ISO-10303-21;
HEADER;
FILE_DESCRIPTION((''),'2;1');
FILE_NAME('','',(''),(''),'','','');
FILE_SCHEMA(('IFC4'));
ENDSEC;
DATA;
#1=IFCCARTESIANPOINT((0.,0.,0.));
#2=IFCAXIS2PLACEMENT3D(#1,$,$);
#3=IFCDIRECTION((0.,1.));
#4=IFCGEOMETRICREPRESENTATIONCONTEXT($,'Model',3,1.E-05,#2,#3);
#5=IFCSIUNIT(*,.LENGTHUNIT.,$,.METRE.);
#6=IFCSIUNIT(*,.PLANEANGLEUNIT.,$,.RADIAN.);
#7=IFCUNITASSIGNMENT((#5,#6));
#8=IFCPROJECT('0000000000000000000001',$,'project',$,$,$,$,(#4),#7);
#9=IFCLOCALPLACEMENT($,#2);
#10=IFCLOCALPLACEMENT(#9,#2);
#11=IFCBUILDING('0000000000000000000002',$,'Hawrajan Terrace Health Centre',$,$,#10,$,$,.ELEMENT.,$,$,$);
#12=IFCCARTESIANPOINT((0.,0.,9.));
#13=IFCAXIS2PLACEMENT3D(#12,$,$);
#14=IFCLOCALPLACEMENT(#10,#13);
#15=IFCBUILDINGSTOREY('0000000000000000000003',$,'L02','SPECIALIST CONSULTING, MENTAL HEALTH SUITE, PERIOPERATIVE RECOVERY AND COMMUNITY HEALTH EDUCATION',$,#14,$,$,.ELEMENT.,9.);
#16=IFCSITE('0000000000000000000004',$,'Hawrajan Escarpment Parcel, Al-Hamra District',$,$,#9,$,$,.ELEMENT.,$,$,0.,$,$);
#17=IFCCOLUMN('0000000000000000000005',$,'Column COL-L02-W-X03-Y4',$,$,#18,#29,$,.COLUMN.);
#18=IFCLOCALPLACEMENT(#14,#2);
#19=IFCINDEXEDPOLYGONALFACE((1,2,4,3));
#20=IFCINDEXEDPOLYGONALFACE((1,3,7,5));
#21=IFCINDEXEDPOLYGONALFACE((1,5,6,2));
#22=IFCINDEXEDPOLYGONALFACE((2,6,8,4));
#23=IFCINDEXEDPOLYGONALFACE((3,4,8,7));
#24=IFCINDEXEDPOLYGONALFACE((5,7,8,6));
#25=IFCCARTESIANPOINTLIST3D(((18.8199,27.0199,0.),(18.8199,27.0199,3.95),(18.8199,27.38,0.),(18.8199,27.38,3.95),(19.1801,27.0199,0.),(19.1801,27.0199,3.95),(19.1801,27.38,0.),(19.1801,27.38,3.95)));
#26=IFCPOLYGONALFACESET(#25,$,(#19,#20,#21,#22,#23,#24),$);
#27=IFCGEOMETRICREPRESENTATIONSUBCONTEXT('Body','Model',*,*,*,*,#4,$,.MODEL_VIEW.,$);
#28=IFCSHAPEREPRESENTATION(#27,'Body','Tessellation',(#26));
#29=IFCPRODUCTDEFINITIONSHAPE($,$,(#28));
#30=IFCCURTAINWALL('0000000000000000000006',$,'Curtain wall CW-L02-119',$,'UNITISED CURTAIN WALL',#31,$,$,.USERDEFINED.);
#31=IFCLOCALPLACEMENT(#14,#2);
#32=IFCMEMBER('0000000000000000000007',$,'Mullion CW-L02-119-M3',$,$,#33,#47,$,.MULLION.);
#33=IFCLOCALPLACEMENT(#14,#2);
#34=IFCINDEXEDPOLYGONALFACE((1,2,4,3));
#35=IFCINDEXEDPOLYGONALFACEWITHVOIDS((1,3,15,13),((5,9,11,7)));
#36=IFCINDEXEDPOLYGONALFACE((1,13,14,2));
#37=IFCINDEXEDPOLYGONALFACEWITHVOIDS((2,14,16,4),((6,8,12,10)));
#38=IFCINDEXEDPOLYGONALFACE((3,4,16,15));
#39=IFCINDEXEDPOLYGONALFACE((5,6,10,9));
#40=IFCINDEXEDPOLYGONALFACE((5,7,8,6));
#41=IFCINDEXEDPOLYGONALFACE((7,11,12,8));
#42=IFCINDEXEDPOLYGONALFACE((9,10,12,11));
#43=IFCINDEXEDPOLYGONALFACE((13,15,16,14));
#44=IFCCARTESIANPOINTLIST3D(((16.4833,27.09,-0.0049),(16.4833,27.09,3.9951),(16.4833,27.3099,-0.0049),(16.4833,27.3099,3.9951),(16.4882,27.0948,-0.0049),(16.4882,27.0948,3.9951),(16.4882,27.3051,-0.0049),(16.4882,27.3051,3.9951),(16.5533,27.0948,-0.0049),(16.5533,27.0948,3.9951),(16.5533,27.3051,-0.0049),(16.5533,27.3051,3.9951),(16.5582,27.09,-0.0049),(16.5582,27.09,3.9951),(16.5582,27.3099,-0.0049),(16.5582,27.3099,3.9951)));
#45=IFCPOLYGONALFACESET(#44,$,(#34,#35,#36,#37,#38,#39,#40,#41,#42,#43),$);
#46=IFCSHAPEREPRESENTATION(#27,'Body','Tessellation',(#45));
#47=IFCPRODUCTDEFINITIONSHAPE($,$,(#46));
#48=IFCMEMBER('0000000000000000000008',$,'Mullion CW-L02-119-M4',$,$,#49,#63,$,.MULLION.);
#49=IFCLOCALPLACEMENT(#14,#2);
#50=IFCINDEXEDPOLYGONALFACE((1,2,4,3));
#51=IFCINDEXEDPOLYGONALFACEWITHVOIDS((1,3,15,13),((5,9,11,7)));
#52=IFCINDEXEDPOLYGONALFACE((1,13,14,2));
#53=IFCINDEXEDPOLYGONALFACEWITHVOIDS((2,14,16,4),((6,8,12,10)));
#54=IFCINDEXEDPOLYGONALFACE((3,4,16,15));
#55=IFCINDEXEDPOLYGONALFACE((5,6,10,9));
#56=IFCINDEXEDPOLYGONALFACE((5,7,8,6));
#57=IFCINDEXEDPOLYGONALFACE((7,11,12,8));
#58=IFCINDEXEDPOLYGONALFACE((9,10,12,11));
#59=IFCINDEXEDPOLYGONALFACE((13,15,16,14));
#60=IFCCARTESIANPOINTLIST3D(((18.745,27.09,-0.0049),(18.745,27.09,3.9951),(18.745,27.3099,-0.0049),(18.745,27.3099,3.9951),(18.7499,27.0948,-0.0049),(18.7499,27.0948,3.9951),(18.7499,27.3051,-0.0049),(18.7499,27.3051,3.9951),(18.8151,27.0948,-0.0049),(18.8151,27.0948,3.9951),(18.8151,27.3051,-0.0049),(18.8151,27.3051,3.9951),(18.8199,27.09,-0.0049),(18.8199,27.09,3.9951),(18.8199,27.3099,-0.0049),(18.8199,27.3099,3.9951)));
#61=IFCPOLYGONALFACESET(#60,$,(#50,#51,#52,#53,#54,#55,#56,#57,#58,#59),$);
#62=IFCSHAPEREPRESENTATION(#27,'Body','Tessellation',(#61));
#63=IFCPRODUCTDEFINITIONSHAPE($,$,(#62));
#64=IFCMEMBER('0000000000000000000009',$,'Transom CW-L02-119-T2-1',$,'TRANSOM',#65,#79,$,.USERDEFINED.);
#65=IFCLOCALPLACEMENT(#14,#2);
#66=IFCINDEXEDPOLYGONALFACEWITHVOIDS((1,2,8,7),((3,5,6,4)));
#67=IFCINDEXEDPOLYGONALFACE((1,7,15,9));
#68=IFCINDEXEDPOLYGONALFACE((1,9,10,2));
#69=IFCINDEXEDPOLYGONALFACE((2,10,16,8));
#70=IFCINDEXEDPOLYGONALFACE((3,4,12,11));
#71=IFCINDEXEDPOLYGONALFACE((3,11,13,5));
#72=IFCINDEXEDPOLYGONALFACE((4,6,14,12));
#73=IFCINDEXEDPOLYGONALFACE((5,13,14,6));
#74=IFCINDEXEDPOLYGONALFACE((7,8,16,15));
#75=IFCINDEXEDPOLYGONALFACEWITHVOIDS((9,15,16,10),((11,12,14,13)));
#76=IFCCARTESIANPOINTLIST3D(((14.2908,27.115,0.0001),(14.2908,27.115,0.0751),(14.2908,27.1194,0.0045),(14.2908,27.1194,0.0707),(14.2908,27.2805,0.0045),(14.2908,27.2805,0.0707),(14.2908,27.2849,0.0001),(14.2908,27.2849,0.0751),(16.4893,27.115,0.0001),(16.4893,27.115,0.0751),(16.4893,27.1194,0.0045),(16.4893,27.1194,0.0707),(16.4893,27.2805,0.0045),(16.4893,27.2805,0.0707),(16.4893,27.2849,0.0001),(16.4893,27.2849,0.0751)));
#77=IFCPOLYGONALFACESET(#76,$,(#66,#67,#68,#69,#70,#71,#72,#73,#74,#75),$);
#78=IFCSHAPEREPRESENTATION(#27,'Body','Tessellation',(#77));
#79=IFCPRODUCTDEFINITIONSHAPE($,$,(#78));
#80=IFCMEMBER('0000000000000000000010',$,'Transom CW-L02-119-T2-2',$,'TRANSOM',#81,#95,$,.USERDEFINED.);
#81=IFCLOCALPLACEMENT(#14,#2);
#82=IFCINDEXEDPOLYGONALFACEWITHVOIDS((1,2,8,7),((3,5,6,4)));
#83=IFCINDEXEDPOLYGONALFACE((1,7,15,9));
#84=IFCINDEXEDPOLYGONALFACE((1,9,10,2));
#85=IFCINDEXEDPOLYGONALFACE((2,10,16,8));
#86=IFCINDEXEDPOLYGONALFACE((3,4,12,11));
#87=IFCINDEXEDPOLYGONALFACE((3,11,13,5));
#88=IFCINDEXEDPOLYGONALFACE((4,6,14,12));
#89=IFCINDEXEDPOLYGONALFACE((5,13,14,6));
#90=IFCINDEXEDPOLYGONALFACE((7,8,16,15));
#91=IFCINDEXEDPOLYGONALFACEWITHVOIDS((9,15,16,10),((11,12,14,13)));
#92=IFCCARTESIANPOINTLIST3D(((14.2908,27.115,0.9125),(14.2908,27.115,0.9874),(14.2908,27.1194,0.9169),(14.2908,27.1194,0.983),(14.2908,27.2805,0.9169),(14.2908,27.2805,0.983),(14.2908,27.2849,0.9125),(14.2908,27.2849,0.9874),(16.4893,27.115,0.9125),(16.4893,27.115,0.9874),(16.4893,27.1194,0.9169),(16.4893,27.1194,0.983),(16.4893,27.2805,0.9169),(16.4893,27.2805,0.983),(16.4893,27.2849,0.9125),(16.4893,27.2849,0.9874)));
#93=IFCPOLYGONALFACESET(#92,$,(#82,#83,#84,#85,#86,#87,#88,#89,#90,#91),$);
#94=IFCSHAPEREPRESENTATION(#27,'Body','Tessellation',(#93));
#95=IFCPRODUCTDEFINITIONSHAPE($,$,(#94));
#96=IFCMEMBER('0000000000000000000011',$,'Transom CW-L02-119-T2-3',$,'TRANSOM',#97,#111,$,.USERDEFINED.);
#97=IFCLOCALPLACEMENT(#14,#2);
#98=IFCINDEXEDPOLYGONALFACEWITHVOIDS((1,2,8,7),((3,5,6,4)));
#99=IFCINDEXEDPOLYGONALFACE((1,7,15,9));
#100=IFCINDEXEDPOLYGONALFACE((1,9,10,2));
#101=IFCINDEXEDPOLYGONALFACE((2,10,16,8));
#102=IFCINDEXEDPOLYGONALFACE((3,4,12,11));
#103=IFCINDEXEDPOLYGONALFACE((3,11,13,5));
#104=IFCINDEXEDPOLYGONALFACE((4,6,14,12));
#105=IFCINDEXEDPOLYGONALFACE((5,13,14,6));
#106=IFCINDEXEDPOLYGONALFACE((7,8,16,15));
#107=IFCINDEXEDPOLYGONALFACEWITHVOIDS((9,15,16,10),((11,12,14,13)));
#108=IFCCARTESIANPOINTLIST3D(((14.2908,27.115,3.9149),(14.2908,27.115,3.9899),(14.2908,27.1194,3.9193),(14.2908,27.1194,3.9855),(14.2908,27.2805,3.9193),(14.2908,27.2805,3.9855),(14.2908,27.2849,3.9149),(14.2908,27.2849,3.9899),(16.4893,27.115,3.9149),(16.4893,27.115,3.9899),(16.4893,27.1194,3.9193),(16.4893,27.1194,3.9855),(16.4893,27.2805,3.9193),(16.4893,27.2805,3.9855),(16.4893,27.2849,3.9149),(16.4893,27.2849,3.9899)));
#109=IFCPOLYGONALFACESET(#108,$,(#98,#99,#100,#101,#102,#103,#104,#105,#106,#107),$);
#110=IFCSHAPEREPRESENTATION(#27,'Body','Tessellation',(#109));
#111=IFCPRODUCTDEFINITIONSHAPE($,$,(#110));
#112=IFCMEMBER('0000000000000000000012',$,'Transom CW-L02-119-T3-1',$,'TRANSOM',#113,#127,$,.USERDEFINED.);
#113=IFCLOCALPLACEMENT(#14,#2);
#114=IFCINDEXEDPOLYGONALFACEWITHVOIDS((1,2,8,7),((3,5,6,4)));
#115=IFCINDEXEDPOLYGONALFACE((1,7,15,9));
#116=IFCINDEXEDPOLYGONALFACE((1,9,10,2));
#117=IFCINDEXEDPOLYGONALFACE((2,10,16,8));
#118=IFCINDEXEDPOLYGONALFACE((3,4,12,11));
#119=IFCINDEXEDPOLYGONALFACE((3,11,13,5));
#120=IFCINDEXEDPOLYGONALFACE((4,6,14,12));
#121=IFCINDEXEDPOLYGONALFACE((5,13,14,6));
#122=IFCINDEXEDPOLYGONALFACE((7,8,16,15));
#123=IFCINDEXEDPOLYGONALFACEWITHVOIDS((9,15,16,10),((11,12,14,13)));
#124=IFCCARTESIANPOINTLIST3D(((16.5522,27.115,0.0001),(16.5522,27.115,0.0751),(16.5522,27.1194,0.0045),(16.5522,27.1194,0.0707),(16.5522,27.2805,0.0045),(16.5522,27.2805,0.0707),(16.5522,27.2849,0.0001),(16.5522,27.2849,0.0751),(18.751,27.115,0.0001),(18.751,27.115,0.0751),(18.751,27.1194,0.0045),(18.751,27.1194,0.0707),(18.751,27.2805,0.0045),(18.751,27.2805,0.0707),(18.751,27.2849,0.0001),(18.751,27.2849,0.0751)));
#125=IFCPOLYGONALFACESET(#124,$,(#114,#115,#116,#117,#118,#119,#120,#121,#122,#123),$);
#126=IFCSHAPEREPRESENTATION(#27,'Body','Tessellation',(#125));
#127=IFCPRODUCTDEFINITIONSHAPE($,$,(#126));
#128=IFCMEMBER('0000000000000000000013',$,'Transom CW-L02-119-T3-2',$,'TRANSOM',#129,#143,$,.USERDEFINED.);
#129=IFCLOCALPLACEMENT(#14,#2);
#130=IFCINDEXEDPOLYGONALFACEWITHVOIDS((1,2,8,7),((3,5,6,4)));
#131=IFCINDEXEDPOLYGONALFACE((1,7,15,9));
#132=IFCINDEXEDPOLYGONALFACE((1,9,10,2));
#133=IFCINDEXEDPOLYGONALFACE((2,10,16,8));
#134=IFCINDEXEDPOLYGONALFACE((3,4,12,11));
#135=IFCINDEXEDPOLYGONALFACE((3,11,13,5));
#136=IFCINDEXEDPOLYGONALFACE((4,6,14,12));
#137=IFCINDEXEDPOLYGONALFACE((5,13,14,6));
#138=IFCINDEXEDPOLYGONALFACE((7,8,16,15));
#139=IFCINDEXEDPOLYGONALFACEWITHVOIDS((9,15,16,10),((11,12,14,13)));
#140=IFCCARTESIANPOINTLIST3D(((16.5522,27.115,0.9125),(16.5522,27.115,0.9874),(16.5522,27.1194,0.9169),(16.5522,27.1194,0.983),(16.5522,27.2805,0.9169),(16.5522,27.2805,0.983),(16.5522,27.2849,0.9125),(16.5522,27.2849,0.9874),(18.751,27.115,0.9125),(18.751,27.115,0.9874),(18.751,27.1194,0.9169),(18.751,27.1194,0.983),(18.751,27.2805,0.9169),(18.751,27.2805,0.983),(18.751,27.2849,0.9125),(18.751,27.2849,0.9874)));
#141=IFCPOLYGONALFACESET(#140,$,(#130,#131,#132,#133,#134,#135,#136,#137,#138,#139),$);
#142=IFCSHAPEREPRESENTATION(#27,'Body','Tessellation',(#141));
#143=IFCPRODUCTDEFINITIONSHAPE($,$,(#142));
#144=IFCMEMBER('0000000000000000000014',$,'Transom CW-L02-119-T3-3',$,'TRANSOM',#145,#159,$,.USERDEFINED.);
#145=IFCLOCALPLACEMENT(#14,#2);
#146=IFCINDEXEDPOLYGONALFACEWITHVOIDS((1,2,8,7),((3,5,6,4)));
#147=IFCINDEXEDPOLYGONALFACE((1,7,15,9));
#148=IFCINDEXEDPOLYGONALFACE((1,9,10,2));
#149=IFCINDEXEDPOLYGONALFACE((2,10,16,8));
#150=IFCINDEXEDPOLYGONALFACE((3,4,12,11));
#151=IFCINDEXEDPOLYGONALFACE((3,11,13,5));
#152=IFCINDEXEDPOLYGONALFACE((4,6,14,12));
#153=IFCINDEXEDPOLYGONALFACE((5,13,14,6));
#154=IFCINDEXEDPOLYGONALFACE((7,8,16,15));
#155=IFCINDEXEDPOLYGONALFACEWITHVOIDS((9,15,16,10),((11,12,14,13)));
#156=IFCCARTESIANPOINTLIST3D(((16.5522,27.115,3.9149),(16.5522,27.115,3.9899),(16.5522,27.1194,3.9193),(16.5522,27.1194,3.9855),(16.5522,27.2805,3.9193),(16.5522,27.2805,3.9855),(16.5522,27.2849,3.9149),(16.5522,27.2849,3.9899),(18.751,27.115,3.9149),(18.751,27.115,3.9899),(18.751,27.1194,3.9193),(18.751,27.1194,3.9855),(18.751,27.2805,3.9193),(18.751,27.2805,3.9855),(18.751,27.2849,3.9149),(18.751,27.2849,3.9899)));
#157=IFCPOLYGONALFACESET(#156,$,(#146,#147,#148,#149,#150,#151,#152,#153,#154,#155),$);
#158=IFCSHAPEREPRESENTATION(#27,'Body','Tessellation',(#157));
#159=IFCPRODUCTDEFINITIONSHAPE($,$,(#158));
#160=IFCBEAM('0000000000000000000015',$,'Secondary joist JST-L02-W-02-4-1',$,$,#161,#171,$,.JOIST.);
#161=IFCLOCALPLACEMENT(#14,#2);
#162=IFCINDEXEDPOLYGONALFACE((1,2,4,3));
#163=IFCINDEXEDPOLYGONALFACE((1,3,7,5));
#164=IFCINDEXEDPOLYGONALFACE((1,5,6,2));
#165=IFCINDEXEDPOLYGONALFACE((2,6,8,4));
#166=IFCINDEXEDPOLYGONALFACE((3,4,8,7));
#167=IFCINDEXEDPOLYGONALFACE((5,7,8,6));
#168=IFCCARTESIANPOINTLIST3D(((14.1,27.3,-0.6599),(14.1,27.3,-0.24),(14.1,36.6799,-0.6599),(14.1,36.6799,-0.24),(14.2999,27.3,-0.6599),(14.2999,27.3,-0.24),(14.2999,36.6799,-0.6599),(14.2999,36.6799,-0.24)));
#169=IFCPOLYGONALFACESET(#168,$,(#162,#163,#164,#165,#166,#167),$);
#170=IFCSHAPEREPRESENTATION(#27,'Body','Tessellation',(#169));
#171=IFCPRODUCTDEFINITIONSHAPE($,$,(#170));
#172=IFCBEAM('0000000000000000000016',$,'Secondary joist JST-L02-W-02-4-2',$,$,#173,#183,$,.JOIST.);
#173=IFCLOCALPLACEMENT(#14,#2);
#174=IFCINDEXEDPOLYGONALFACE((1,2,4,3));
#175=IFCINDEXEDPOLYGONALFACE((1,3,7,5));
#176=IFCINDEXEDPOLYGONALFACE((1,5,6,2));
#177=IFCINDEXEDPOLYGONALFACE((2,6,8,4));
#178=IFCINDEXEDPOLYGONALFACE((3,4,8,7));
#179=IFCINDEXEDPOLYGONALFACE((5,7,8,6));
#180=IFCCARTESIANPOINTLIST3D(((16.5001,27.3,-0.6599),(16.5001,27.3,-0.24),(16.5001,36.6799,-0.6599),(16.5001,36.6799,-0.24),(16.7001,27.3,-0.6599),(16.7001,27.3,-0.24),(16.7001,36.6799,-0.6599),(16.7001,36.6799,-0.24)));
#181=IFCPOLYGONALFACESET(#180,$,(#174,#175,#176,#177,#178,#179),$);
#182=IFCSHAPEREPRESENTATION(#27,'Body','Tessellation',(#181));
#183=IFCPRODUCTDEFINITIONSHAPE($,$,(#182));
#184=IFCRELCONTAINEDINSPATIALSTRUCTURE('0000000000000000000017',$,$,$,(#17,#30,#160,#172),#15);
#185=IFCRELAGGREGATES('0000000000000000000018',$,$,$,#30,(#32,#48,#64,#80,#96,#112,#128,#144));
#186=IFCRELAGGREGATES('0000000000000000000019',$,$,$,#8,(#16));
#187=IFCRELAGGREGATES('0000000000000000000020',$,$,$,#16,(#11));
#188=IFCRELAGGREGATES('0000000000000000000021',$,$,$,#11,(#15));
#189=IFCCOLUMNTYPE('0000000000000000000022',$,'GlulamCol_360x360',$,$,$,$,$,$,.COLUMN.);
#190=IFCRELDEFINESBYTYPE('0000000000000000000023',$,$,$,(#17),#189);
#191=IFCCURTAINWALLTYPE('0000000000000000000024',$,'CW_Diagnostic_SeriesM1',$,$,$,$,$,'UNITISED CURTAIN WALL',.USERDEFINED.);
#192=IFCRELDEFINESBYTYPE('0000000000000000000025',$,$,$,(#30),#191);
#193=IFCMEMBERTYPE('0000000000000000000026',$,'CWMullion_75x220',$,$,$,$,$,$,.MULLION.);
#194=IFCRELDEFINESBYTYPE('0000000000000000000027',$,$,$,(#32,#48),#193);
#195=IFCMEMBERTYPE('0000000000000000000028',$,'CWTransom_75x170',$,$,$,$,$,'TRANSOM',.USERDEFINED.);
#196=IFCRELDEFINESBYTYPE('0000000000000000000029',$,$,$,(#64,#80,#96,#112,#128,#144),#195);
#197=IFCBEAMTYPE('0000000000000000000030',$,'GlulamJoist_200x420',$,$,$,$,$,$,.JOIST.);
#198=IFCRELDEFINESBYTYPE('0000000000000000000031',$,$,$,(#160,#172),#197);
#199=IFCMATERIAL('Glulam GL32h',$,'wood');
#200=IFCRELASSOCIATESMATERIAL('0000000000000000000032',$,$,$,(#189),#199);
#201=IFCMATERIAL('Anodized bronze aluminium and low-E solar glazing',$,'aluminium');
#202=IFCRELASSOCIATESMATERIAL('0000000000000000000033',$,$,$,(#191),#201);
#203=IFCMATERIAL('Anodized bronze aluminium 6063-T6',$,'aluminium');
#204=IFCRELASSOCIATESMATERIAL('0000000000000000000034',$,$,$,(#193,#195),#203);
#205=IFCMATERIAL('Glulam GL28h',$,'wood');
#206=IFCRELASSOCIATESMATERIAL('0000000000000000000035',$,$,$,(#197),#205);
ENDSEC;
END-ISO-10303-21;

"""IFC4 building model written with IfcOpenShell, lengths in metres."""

from ifc_helpers import new_model, si_unit, direction, frame, origin, origin_2d, place, context, subcontext, project, spatial, rectangle, hollow_rectangle, extrude, material, material_profile, profile_set, type_object, element, aggregate, save


model = new_model("IFC4")

# Units and contexts
model_context = context("Model", 3, precision=1e-05, world=origin(), true_north=direction((0.0, 1.0)))
body_context = subcontext(model_context, "Body", "Model", "MODEL_VIEW")
ifc_project = project(units=[si_unit("LENGTHUNIT", "METRE"), si_unit("PLANEANGLEUNIT", "RADIAN")], contexts=[model_context])

# Site, building, storey
site_placement = place(None, origin())
site = spatial("IfcSite", under=ifc_project, at=site_placement, Name="Hawrajan Escarpment Parcel, Al-Hamra District", CompositionType="ELEMENT", RefElevation=0.0)
building_placement = place(site_placement, origin())
building = spatial("IfcBuilding", under=site, at=building_placement, Name="Hawrajan Terrace Health Centre", CompositionType="ELEMENT")
storey_placement = place(building_placement, frame((0.0, 0.0, 9.0)))
storey = spatial("IfcBuildingStorey", under=building, at=storey_placement, Name="L02", Description="SPECIALIST CONSULTING, MENTAL HEALTH SUITE, PERIOPERATIVE RECOVERY AND COMMUNITY HEALTH EDUCATION", CompositionType="ELEMENT", Elevation=9.0)

# Column
ifc_material_1 = material(Name="Glulam GL32h", Category="wood")
ifc_material_profile_1 = material_profile(ifc_material_1, rectangle(XDim=0.3601, YDim=0.3601, at=origin_2d()), Name="GL 360x360")
ifc_profile_set_1 = profile_set([ifc_material_profile_1], Name="Glulam GL32h")
column_type = type_object("IfcColumnType", Name="GlulamCol_360x360", PredefinedType="COLUMN", material=ifc_profile_set_1)
column_placement = place(storey_placement, frame((19.0, 27.2, 0.0), z_axis=(0.0, 0.0, 1.0), x_axis=(1.0, 0.0, 0.0)))
element("IfcColumn", 1, at=column_placement, inside=storey, type_object=column_type, Name="Column COL-L02-W-X03-Y4", PredefinedType="COLUMN", context=body_context, shape_type="SweptSolid", body=[
    extrude(rectangle(XDim=0.3601, YDim=0.3601, at=origin_2d()), origin(), (0.0, 0.0, 1.0), 3.95),
])

# Curtain wall, members
ifc_material_2 = material(Name="Anodized bronze aluminium and low-E solar glazing", Category="aluminium")
curtain_wall_type = type_object("IfcCurtainWallType", Name="CW_Diagnostic_SeriesM1", ElementType="UNITISED CURTAIN WALL", PredefinedType="USERDEFINED", material=ifc_material_2)
curtain_wall_placement = place(storey_placement, origin())
curtain_wall = element("IfcCurtainWall", 2, at=curtain_wall_placement, inside=storey, type_object=curtain_wall_type, Name="Curtain wall CW-L02-119", ObjectType="UNITISED CURTAIN WALL", PredefinedType="USERDEFINED")
ifc_material_3 = material(Name="Anodized bronze aluminium 6063-T6", Category="aluminium")
ifc_material_profile_2 = material_profile(ifc_material_3, hollow_rectangle(XDim=0.075, YDim=0.22, WallThickness=0.0049, at=origin_2d()), Name="CW MUL 75x220")
ifc_profile_set_2 = profile_set([ifc_material_profile_2], Name="Anodized bronze aluminium 6063-T6")
member_type_1 = type_object("IfcMemberType", Name="CWMullion_75x220", PredefinedType="MULLION", material=ifc_profile_set_2)
member_1_placement = place(storey_placement, frame((16.5208, 27.2, -0.0049), z_axis=(0.0, 0.0, 1.0), x_axis=(1.0, 0.0, 0.0)))
member_1 = element("IfcMember", 3, at=member_1_placement, type_object=member_type_1, Name="Mullion CW-L02-119-M3", PredefinedType="MULLION", context=body_context, shape_type="SweptSolid", body=[
    extrude(hollow_rectangle(XDim=0.075, YDim=0.22, WallThickness=0.0049, at=origin_2d()), origin(), (0.0, 0.0, 1.0), 4.0),
])
member_2_placement = place(storey_placement, frame((18.7825, 27.2, -0.0049), z_axis=(0.0, 0.0, 1.0), x_axis=(1.0, 0.0, 0.0)))
member_2 = element("IfcMember", 4, at=member_2_placement, type_object=member_type_1, Name="Mullion CW-L02-119-M4", PredefinedType="MULLION", context=body_context, shape_type="SweptSolid", body=[
    extrude(hollow_rectangle(XDim=0.075, YDim=0.22, WallThickness=0.0049, at=origin_2d()), origin(), (0.0, 0.0, 1.0), 4.0),
])
ifc_material_profile_3 = material_profile(ifc_material_3, hollow_rectangle(XDim=0.075, YDim=0.1699, WallThickness=0.0044, at=origin_2d()), Name="CW TRN 75x170")
ifc_profile_set_3 = profile_set([ifc_material_profile_3], Name="Anodized bronze aluminium 6063-T6")
member_type_2 = type_object("IfcMemberType", Name="CWTransom_75x170", ElementType="TRANSOM", PredefinedType="USERDEFINED", material=ifc_profile_set_3)
member_3_placement = place(storey_placement, frame((14.2908, 27.2, 0.0376), z_axis=(1.0, 0.0, 0.0), x_axis=(0.0, 0.0, 1.0)))
member_3 = element("IfcMember", 5, at=member_3_placement, type_object=member_type_2, Name="Transom CW-L02-119-T2-1", ObjectType="TRANSOM", PredefinedType="USERDEFINED", context=body_context, shape_type="SweptSolid", body=[
    extrude(hollow_rectangle(XDim=0.075, YDim=0.1699, WallThickness=0.0044, at=origin_2d()), origin(), (0.0, 0.0, 1.0), 2.1985),
])
member_4_placement = place(storey_placement, frame((14.2908, 27.2, 0.95), z_axis=(1.0, 0.0, 0.0), x_axis=(0.0, 0.0, 1.0)))
member_4 = element("IfcMember", 6, at=member_4_placement, type_object=member_type_2, Name="Transom CW-L02-119-T2-2", ObjectType="TRANSOM", PredefinedType="USERDEFINED", context=body_context, shape_type="SweptSolid", body=[
    extrude(hollow_rectangle(XDim=0.075, YDim=0.1699, WallThickness=0.0044, at=origin_2d()), origin(), (0.0, 0.0, 1.0), 2.1985),
])
member_5_placement = place(storey_placement, frame((14.2908, 27.2, 3.9524), z_axis=(1.0, 0.0, 0.0), x_axis=(0.0, 0.0, 1.0)))
member_5 = element("IfcMember", 7, at=member_5_placement, type_object=member_type_2, Name="Transom CW-L02-119-T2-3", ObjectType="TRANSOM", PredefinedType="USERDEFINED", context=body_context, shape_type="SweptSolid", body=[
    extrude(hollow_rectangle(XDim=0.075, YDim=0.1699, WallThickness=0.0044, at=origin_2d()), origin(), (0.0, 0.0, 1.0), 2.1985),
])
member_6_placement = place(storey_placement, frame((16.5522, 27.2, 0.0376), z_axis=(1.0, 0.0, 0.0), x_axis=(0.0, 0.0, 1.0)))
member_6 = element("IfcMember", 8, at=member_6_placement, type_object=member_type_2, Name="Transom CW-L02-119-T3-1", ObjectType="TRANSOM", PredefinedType="USERDEFINED", context=body_context, shape_type="SweptSolid", body=[
    extrude(hollow_rectangle(XDim=0.075, YDim=0.1699, WallThickness=0.0044, at=origin_2d()), origin(), (0.0, 0.0, 1.0), 2.1987),
])
member_7_placement = place(storey_placement, frame((16.5522, 27.2, 0.95), z_axis=(1.0, 0.0, 0.0), x_axis=(0.0, 0.0, 1.0)))
member_7 = element("IfcMember", 9, at=member_7_placement, type_object=member_type_2, Name="Transom CW-L02-119-T3-2", ObjectType="TRANSOM", PredefinedType="USERDEFINED", context=body_context, shape_type="SweptSolid", body=[
    extrude(hollow_rectangle(XDim=0.075, YDim=0.1699, WallThickness=0.0044, at=origin_2d()), origin(), (0.0, 0.0, 1.0), 2.1987),
])
member_8_placement = place(storey_placement, frame((16.5522, 27.2, 3.9524), z_axis=(1.0, 0.0, 0.0), x_axis=(0.0, 0.0, 1.0)))
member_8 = element("IfcMember", 10, at=member_8_placement, type_object=member_type_2, Name="Transom CW-L02-119-T3-3", ObjectType="TRANSOM", PredefinedType="USERDEFINED", context=body_context, shape_type="SweptSolid", body=[
    extrude(hollow_rectangle(XDim=0.075, YDim=0.1699, WallThickness=0.0044, at=origin_2d()), origin(), (0.0, 0.0, 1.0), 2.1987),
])

# Beams
ifc_material_4 = material(Name="Glulam GL28h", Category="wood")
ifc_material_profile_4 = material_profile(ifc_material_4, rectangle(XDim=0.2, YDim=0.4199, at=origin_2d()), Name="GL JST 200x420")
ifc_profile_set_4 = profile_set([ifc_material_profile_4], Name="Glulam GL28h")
beam_type = type_object("IfcBeamType", Name="GlulamJoist_200x420", PredefinedType="JOIST", material=ifc_profile_set_4)
for number, where, z_axis, x_axis, name in (
    (11, (14.2, 27.3, -0.45), (0.0, 1.0, 0.0), (-1.0, 0.0, 0.0), "Secondary joist JST-L02-W-02-4-1"),
    (12, (16.6001, 27.3, -0.45), (0.0, 1.0, 0.0), (-1.0, 0.0, 0.0), "Secondary joist JST-L02-W-02-4-2"),
):
    element("IfcBeam", number, at=place(storey_placement, frame(where, z_axis=z_axis, x_axis=x_axis)), inside=storey, type_object=beam_type, Name=name, PredefinedType="JOIST", context=body_context, shape_type="SweptSolid", body=[
        extrude(rectangle(XDim=0.2, YDim=0.4199, at=origin_2d()), origin(), (0.0, 0.0, 1.0), 9.3799),
    ])

aggregate(curtain_wall, [member_1, member_2, member_3, member_4, member_5, member_6, member_7, member_8])

save(model, "model.ifc")
